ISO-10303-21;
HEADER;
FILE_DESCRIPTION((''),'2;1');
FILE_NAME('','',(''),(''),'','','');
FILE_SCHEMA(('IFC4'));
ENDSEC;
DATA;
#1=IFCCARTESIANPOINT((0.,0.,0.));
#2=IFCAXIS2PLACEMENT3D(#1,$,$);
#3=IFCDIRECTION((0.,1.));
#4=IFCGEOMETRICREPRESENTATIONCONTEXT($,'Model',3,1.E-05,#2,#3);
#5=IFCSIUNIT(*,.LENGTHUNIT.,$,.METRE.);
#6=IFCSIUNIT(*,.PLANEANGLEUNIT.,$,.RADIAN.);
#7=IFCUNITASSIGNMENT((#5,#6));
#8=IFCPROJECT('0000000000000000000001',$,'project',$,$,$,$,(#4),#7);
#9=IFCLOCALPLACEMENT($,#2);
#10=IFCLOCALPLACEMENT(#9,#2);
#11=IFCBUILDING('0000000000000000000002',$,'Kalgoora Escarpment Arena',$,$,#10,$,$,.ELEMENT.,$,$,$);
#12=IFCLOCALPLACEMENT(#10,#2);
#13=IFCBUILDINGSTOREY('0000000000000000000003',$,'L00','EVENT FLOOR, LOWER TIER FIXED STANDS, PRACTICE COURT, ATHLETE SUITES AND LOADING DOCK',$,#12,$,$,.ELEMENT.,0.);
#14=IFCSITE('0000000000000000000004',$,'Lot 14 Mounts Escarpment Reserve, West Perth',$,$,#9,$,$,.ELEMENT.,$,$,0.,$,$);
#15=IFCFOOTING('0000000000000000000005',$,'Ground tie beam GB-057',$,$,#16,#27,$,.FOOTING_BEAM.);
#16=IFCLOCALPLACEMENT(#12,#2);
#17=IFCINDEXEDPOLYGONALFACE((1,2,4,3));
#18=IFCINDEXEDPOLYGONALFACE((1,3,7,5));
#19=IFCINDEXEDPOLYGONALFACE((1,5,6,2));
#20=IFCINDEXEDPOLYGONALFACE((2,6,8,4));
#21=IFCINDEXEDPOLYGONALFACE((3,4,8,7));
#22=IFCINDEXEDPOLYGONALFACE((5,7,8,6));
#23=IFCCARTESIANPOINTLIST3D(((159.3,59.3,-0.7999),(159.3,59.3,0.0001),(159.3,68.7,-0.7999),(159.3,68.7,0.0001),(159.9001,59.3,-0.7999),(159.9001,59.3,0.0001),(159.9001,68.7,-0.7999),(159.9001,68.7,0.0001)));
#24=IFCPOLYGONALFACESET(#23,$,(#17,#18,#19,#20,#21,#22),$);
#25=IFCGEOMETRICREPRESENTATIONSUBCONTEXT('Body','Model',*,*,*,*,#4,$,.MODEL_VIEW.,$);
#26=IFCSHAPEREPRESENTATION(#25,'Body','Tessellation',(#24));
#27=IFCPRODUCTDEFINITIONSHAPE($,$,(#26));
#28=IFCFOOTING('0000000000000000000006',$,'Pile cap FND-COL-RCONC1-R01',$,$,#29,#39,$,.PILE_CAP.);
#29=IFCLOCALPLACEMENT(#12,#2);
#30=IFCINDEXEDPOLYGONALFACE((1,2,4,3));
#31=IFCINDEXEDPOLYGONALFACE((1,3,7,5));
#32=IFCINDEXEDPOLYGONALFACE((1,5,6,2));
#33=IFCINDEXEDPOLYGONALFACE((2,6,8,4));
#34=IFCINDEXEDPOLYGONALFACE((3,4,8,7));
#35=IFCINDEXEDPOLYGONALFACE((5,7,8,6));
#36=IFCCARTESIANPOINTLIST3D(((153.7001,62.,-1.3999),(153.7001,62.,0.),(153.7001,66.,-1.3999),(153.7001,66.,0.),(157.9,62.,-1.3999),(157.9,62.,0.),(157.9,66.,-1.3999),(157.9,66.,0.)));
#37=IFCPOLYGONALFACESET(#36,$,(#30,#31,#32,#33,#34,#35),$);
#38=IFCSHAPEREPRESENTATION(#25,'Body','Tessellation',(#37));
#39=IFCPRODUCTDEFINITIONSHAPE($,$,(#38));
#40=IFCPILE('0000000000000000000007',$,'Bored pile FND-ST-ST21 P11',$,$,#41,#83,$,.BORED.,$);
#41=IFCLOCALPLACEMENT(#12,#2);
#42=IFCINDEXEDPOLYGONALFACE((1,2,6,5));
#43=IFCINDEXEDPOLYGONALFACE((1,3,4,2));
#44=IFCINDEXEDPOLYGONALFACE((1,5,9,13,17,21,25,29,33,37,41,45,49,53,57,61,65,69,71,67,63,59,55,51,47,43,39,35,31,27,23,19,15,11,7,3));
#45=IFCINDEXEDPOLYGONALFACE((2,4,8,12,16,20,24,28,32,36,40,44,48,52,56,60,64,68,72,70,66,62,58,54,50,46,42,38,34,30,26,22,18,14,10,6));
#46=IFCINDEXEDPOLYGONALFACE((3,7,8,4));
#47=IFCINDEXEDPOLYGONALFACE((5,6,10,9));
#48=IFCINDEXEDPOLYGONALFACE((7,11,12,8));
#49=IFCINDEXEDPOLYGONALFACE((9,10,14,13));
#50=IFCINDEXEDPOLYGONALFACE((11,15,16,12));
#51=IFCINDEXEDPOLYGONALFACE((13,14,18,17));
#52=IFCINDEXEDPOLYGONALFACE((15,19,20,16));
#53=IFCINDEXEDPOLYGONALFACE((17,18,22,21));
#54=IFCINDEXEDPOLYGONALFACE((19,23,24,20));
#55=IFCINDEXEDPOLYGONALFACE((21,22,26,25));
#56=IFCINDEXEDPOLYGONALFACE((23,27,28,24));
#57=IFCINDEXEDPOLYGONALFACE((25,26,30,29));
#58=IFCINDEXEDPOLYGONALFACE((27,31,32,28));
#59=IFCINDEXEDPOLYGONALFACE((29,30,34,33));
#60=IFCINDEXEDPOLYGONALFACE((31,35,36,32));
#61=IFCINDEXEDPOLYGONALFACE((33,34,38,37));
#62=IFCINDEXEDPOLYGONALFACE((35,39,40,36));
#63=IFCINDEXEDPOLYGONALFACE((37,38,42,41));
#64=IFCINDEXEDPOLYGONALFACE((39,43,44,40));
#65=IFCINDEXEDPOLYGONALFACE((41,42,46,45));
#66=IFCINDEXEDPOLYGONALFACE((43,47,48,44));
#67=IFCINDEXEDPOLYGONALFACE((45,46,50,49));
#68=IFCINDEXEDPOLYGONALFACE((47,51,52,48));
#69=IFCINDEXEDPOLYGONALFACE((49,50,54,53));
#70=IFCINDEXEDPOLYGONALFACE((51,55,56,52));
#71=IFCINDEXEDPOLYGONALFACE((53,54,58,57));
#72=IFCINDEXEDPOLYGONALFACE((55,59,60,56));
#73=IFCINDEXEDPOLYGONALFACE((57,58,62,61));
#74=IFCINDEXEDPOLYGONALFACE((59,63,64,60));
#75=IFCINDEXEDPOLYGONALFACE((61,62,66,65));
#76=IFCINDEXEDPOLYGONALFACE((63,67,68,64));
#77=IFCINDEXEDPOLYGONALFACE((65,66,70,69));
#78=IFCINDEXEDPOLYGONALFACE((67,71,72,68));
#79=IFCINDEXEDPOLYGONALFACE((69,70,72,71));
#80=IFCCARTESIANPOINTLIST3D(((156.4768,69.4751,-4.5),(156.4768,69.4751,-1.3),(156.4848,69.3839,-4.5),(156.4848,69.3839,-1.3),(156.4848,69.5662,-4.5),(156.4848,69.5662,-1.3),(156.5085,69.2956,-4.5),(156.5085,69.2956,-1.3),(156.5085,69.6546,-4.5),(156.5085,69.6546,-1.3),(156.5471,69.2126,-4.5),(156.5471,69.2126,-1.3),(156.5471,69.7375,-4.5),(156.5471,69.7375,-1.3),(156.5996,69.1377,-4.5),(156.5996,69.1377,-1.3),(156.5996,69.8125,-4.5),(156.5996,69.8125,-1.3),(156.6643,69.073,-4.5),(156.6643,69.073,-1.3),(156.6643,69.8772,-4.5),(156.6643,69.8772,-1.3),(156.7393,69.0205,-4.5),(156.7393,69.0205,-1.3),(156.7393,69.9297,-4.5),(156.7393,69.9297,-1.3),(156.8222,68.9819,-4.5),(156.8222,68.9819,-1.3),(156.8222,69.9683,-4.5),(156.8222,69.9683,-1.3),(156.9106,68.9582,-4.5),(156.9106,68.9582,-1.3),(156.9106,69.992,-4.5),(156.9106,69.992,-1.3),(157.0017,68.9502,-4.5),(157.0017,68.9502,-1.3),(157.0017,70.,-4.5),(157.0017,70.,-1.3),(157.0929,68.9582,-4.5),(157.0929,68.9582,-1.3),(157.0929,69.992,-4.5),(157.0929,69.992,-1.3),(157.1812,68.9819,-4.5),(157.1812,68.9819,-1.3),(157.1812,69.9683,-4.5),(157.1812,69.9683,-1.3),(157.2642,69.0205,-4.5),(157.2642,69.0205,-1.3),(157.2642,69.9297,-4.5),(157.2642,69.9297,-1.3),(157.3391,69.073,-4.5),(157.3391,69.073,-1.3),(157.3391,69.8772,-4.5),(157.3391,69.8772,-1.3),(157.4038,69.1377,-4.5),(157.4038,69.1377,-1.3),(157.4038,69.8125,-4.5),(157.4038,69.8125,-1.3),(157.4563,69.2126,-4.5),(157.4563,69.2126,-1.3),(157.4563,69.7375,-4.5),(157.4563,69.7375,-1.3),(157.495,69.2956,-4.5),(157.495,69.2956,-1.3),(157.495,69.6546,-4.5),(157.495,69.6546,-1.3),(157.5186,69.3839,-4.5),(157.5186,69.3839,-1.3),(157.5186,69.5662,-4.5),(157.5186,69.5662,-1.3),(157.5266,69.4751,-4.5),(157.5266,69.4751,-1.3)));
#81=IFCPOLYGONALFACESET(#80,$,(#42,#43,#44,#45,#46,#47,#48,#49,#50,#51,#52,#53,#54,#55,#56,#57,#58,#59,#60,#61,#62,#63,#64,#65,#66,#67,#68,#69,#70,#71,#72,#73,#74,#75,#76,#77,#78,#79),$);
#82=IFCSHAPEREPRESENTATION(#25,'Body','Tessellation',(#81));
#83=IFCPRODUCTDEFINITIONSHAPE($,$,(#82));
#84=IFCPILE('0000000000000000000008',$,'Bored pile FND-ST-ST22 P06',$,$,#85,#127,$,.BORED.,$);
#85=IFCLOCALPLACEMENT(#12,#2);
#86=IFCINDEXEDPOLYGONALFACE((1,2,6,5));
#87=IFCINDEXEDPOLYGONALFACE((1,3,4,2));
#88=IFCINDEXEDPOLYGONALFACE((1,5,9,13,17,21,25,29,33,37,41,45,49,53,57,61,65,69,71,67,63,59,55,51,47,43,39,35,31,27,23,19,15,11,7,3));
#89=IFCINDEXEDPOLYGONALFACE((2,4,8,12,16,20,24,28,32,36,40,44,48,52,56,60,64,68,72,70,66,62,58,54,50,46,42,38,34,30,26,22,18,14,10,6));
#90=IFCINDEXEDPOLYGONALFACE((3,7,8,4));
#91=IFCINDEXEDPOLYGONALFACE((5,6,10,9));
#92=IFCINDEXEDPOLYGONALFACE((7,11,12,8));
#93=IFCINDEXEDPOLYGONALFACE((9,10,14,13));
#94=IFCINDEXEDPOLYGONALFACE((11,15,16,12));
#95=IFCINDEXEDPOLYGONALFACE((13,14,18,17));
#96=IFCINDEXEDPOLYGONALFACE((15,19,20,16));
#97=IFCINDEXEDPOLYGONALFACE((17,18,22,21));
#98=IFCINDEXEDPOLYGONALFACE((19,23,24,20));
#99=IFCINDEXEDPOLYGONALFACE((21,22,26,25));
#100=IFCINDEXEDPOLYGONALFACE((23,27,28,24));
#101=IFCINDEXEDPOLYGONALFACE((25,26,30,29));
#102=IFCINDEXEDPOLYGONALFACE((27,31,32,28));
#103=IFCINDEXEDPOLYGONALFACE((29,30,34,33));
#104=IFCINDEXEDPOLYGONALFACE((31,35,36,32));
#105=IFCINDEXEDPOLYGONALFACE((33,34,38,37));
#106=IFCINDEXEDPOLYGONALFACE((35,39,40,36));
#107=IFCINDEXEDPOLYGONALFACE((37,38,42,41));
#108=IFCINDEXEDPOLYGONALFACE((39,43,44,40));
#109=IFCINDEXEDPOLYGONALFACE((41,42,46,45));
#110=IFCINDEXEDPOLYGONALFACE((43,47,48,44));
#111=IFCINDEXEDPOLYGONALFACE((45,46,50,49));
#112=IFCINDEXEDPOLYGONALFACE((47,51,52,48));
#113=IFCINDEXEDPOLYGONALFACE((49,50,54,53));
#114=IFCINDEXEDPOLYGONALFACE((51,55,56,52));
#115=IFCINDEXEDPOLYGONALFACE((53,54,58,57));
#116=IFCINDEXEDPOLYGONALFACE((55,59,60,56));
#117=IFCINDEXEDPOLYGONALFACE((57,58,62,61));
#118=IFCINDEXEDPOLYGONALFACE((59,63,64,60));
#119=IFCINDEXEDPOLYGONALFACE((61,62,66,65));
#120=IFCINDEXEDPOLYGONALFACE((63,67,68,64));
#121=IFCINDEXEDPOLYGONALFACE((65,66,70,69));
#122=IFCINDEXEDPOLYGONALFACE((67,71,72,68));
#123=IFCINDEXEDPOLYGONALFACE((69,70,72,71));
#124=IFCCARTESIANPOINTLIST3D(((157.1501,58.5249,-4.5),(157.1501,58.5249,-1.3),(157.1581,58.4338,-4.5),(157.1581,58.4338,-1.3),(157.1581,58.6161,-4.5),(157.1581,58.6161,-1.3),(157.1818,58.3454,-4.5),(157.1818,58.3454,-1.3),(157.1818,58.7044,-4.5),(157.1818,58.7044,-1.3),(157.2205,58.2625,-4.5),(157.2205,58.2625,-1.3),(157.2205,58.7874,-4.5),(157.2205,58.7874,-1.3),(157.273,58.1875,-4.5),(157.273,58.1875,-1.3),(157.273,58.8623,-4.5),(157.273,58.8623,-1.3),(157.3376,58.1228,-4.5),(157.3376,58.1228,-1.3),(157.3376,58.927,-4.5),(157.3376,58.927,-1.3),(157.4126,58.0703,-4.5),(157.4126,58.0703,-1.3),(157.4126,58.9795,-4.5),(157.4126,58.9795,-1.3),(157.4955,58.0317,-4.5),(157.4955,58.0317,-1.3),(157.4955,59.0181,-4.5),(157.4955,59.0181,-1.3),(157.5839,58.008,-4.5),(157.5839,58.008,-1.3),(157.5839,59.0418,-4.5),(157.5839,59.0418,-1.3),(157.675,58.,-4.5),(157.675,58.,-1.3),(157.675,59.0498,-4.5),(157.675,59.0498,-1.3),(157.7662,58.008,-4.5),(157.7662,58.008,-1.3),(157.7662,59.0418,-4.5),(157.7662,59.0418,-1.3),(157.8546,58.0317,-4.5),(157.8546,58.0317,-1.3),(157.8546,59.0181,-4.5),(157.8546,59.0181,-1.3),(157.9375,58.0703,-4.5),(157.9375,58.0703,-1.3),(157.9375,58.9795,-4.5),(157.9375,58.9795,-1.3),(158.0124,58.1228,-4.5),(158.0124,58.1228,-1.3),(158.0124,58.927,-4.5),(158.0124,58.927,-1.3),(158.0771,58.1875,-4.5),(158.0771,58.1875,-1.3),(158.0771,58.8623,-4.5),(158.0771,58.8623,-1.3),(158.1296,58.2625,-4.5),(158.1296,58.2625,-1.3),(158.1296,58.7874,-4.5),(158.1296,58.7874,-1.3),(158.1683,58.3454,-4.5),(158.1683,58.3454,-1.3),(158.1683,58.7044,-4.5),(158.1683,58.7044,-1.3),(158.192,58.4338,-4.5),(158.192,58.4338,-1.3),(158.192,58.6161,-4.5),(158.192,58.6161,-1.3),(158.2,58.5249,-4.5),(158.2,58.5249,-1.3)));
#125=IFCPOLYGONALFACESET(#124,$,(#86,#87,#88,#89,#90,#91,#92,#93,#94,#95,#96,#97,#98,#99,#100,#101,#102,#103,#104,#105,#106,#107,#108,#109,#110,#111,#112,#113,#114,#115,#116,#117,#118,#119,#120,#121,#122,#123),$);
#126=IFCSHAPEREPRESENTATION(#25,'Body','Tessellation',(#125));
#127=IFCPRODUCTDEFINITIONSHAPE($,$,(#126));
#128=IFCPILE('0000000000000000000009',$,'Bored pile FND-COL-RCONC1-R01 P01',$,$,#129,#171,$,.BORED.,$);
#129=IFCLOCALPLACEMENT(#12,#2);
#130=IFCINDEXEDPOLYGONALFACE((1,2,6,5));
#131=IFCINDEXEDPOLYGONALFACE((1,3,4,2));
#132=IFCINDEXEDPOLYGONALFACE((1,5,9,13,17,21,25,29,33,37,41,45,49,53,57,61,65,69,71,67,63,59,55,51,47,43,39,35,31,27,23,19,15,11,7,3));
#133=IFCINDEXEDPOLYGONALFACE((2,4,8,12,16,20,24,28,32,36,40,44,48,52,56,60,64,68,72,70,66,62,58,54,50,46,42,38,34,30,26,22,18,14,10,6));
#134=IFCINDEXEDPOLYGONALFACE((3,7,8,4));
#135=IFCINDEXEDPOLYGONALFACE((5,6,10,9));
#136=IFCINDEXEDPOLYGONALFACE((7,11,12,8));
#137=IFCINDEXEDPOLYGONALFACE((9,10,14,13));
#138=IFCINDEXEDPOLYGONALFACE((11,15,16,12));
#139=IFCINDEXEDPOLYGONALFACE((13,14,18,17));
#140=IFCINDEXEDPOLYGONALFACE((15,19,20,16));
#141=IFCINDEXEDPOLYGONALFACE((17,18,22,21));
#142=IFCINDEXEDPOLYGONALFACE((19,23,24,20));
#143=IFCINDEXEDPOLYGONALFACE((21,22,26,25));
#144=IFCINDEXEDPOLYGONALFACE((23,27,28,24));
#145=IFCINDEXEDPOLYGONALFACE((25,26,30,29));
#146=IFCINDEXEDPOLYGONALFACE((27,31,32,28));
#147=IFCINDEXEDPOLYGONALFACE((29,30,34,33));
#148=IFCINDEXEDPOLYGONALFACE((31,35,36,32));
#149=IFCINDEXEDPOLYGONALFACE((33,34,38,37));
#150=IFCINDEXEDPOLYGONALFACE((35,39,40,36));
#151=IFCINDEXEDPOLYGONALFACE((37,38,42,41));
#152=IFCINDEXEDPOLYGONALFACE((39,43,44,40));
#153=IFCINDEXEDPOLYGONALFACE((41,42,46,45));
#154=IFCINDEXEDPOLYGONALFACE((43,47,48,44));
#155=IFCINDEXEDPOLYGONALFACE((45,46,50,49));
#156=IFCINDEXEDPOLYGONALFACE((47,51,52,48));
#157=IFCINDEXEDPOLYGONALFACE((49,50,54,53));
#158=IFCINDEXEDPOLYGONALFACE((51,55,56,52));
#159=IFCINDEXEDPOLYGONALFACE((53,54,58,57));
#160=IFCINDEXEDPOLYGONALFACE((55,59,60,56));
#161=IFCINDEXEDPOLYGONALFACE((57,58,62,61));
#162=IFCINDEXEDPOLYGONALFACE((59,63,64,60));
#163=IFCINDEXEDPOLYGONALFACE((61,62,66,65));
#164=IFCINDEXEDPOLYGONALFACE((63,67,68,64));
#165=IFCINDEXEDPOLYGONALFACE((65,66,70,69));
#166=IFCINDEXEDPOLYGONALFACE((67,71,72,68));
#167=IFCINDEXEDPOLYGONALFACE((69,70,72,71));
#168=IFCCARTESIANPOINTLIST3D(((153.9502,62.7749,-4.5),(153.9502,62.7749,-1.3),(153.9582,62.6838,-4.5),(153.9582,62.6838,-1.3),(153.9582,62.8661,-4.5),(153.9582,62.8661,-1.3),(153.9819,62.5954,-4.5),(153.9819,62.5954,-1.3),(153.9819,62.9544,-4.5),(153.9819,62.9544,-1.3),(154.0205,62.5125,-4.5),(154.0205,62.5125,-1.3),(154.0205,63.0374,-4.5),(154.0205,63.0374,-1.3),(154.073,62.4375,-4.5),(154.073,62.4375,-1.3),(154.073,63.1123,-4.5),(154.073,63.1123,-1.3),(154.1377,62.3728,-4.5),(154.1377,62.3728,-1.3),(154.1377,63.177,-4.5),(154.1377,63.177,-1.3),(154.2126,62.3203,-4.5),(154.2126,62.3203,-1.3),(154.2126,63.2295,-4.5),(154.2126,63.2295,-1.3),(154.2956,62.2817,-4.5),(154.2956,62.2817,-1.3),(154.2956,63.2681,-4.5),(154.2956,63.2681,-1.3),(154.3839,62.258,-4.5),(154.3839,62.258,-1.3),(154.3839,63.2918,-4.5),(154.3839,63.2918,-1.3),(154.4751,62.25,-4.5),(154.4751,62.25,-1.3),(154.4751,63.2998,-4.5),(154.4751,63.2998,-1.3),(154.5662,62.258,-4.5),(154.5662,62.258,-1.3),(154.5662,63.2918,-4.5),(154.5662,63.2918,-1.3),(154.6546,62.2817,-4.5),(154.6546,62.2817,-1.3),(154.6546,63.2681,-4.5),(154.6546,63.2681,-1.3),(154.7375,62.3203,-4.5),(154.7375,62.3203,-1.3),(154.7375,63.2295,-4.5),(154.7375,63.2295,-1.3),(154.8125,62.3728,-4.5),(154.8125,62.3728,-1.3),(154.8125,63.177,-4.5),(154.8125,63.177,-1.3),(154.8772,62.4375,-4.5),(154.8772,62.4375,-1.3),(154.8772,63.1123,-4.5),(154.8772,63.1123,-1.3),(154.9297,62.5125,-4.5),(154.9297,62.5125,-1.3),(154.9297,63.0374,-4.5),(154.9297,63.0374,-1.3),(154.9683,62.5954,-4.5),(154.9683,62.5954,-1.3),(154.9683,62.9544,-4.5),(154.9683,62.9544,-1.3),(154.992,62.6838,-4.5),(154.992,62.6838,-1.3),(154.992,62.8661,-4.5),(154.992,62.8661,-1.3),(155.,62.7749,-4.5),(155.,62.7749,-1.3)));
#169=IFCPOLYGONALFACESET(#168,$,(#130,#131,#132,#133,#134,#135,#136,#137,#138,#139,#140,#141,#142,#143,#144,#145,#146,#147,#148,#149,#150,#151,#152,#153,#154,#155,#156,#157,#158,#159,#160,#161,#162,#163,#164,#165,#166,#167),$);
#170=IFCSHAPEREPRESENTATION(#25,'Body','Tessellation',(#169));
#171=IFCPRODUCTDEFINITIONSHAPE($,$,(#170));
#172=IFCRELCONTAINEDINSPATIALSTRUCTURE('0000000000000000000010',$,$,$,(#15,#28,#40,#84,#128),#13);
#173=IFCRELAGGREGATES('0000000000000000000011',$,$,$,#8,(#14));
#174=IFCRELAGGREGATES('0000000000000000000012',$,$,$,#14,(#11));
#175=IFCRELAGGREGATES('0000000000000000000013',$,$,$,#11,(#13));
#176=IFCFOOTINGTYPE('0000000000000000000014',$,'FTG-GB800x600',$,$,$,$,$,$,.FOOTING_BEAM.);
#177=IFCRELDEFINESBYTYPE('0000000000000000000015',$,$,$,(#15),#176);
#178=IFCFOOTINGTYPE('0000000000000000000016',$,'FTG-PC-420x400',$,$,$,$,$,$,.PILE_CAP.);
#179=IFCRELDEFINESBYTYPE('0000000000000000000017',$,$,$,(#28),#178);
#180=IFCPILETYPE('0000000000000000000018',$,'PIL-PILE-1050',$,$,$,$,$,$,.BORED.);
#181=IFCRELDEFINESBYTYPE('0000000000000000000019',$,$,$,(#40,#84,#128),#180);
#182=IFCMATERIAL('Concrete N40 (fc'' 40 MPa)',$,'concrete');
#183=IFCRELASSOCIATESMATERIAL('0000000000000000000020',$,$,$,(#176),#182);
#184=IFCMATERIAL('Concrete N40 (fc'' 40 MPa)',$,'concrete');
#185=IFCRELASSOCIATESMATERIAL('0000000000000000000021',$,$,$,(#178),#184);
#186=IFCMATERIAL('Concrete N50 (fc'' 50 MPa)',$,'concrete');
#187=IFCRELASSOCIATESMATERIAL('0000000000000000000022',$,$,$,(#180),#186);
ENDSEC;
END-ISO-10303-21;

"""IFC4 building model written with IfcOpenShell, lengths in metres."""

from ifc_helpers import new_model, si_unit, direction, frame, origin, origin_2d, place, context, subcontext, project, spatial, rectangle, circle, extrude, material, material_profile, profile_set, type_object, element, save


model = new_model("IFC4")

# Units and contexts
model_context = context("Model", 3, precision=1e-05, world=origin(), true_north=direction((0.0, 1.0)))
body_context = subcontext(model_context, "Body", "Model", "MODEL_VIEW")
ifc_project = project(units=[si_unit("LENGTHUNIT", "METRE"), si_unit("PLANEANGLEUNIT", "RADIAN")], contexts=[model_context])

# Site, building, storey
site_placement = place(None, origin())
site = spatial("IfcSite", under=ifc_project, at=site_placement, Name="Lot 14 Mounts Escarpment Reserve, West Perth", CompositionType="ELEMENT", RefElevation=0.0)
building_placement = place(site_placement, origin())
building = spatial("IfcBuilding", under=site, at=building_placement, Name="Kalgoora Escarpment Arena", CompositionType="ELEMENT")
storey_placement = place(building_placement, origin())
storey = spatial("IfcBuildingStorey", under=building, at=storey_placement, Name="L00", Description="EVENT FLOOR, LOWER TIER FIXED STANDS, PRACTICE COURT, ATHLETE SUITES AND LOADING DOCK", CompositionType="ELEMENT", Elevation=0.0)

# Footings
ifc_material_1 = material(Name="Concrete N40 (fc' 40 MPa)", Category="concrete")
ifc_material_profile_1 = material_profile(ifc_material_1, rectangle(XDim=0.6001, YDim=0.8, at=origin_2d()))
ifc_profile_set_1 = profile_set([ifc_material_profile_1], Name="Concrete N40 (fc' 40 MPa)")
footing_type_1 = type_object("IfcFootingType", Name="FTG-GB800x600", PredefinedType="FOOTING_BEAM", material=ifc_profile_set_1)
footing_1_placement = place(storey_placement, frame((159.6001, 59.3, -0.3999), z_axis=(0.0, 1.0, 0.0), x_axis=(-1.0, 0.0, 0.0)))
element("IfcFooting", 1, at=footing_1_placement, inside=storey, type_object=footing_type_1, Name="Ground tie beam GB-057", PredefinedType="FOOTING_BEAM", context=body_context, shape_type="SweptSolid", body=[
    extrude(rectangle(XDim=0.6001, YDim=0.8, at=origin_2d()), origin(), (0.0, 0.0, 1.0), 9.3999),
])
ifc_material_2 = material(Name="Concrete N40 (fc' 40 MPa)", Category="concrete")
footing_type_2 = type_object("IfcFootingType", Name="FTG-PC-420x400", PredefinedType="PILE_CAP", material=ifc_material_2)
footing_2_placement = place(storey_placement, frame((155.8, 64.0, -1.3999), z_axis=(0.0, 0.0, 1.0), x_axis=(1.0, 0.0, 0.0)))
element("IfcFooting", 2, at=footing_2_placement, inside=storey, type_object=footing_type_2, Name="Pile cap FND-COL-RCONC1-R01", PredefinedType="PILE_CAP", context=body_context, shape_type="SweptSolid", body=[
    extrude(rectangle(XDim=4.2, YDim=4.0, at=origin_2d()), origin(), (0.0, 0.0, 1.0), 1.3999),
])

# Piles
ifc_material_3 = material(Name="Concrete N50 (fc' 50 MPa)", Category="concrete")
ifc_material_profile_2 = material_profile(ifc_material_3, circle(Radius=0.5249, at=origin_2d()))
ifc_profile_set_2 = profile_set([ifc_material_profile_2], Name="Concrete N50 (fc' 50 MPa)")
pile_type_1 = type_object("IfcPileType", Name="PIL-PILE-1050", PredefinedType="BORED", material=ifc_profile_set_2)
for number, where, z_axis, x_axis, name in (
    (3, (157.0017, 69.4751, -1.3), (0.0, 0.0, -1.0), (1.0, 0.0, 0.0), "Bored pile FND-ST-ST21 P11"),
    (4, (157.675, 58.5249, -1.3), (0.0, 0.0, -1.0), (1.0, 0.0, 0.0), "Bored pile FND-ST-ST22 P06"),
    (5, (154.4751, 62.7749, -1.3), (0.0, 0.0, -1.0), (1.0, 0.0, 0.0), "Bored pile FND-COL-RCONC1-R01 P01"),
):
    element("IfcPile", number, at=place(storey_placement, frame(where, z_axis=z_axis, x_axis=x_axis)), inside=storey, type_object=pile_type_1, Name=name, PredefinedType="BORED", context=body_context, shape_type="SweptSolid", body=[
        extrude(circle(Radius=0.5249, at=origin_2d()), origin(), (0.0, 0.0, 1.0), 3.2),
    ])

save(model, "model.ifc")
